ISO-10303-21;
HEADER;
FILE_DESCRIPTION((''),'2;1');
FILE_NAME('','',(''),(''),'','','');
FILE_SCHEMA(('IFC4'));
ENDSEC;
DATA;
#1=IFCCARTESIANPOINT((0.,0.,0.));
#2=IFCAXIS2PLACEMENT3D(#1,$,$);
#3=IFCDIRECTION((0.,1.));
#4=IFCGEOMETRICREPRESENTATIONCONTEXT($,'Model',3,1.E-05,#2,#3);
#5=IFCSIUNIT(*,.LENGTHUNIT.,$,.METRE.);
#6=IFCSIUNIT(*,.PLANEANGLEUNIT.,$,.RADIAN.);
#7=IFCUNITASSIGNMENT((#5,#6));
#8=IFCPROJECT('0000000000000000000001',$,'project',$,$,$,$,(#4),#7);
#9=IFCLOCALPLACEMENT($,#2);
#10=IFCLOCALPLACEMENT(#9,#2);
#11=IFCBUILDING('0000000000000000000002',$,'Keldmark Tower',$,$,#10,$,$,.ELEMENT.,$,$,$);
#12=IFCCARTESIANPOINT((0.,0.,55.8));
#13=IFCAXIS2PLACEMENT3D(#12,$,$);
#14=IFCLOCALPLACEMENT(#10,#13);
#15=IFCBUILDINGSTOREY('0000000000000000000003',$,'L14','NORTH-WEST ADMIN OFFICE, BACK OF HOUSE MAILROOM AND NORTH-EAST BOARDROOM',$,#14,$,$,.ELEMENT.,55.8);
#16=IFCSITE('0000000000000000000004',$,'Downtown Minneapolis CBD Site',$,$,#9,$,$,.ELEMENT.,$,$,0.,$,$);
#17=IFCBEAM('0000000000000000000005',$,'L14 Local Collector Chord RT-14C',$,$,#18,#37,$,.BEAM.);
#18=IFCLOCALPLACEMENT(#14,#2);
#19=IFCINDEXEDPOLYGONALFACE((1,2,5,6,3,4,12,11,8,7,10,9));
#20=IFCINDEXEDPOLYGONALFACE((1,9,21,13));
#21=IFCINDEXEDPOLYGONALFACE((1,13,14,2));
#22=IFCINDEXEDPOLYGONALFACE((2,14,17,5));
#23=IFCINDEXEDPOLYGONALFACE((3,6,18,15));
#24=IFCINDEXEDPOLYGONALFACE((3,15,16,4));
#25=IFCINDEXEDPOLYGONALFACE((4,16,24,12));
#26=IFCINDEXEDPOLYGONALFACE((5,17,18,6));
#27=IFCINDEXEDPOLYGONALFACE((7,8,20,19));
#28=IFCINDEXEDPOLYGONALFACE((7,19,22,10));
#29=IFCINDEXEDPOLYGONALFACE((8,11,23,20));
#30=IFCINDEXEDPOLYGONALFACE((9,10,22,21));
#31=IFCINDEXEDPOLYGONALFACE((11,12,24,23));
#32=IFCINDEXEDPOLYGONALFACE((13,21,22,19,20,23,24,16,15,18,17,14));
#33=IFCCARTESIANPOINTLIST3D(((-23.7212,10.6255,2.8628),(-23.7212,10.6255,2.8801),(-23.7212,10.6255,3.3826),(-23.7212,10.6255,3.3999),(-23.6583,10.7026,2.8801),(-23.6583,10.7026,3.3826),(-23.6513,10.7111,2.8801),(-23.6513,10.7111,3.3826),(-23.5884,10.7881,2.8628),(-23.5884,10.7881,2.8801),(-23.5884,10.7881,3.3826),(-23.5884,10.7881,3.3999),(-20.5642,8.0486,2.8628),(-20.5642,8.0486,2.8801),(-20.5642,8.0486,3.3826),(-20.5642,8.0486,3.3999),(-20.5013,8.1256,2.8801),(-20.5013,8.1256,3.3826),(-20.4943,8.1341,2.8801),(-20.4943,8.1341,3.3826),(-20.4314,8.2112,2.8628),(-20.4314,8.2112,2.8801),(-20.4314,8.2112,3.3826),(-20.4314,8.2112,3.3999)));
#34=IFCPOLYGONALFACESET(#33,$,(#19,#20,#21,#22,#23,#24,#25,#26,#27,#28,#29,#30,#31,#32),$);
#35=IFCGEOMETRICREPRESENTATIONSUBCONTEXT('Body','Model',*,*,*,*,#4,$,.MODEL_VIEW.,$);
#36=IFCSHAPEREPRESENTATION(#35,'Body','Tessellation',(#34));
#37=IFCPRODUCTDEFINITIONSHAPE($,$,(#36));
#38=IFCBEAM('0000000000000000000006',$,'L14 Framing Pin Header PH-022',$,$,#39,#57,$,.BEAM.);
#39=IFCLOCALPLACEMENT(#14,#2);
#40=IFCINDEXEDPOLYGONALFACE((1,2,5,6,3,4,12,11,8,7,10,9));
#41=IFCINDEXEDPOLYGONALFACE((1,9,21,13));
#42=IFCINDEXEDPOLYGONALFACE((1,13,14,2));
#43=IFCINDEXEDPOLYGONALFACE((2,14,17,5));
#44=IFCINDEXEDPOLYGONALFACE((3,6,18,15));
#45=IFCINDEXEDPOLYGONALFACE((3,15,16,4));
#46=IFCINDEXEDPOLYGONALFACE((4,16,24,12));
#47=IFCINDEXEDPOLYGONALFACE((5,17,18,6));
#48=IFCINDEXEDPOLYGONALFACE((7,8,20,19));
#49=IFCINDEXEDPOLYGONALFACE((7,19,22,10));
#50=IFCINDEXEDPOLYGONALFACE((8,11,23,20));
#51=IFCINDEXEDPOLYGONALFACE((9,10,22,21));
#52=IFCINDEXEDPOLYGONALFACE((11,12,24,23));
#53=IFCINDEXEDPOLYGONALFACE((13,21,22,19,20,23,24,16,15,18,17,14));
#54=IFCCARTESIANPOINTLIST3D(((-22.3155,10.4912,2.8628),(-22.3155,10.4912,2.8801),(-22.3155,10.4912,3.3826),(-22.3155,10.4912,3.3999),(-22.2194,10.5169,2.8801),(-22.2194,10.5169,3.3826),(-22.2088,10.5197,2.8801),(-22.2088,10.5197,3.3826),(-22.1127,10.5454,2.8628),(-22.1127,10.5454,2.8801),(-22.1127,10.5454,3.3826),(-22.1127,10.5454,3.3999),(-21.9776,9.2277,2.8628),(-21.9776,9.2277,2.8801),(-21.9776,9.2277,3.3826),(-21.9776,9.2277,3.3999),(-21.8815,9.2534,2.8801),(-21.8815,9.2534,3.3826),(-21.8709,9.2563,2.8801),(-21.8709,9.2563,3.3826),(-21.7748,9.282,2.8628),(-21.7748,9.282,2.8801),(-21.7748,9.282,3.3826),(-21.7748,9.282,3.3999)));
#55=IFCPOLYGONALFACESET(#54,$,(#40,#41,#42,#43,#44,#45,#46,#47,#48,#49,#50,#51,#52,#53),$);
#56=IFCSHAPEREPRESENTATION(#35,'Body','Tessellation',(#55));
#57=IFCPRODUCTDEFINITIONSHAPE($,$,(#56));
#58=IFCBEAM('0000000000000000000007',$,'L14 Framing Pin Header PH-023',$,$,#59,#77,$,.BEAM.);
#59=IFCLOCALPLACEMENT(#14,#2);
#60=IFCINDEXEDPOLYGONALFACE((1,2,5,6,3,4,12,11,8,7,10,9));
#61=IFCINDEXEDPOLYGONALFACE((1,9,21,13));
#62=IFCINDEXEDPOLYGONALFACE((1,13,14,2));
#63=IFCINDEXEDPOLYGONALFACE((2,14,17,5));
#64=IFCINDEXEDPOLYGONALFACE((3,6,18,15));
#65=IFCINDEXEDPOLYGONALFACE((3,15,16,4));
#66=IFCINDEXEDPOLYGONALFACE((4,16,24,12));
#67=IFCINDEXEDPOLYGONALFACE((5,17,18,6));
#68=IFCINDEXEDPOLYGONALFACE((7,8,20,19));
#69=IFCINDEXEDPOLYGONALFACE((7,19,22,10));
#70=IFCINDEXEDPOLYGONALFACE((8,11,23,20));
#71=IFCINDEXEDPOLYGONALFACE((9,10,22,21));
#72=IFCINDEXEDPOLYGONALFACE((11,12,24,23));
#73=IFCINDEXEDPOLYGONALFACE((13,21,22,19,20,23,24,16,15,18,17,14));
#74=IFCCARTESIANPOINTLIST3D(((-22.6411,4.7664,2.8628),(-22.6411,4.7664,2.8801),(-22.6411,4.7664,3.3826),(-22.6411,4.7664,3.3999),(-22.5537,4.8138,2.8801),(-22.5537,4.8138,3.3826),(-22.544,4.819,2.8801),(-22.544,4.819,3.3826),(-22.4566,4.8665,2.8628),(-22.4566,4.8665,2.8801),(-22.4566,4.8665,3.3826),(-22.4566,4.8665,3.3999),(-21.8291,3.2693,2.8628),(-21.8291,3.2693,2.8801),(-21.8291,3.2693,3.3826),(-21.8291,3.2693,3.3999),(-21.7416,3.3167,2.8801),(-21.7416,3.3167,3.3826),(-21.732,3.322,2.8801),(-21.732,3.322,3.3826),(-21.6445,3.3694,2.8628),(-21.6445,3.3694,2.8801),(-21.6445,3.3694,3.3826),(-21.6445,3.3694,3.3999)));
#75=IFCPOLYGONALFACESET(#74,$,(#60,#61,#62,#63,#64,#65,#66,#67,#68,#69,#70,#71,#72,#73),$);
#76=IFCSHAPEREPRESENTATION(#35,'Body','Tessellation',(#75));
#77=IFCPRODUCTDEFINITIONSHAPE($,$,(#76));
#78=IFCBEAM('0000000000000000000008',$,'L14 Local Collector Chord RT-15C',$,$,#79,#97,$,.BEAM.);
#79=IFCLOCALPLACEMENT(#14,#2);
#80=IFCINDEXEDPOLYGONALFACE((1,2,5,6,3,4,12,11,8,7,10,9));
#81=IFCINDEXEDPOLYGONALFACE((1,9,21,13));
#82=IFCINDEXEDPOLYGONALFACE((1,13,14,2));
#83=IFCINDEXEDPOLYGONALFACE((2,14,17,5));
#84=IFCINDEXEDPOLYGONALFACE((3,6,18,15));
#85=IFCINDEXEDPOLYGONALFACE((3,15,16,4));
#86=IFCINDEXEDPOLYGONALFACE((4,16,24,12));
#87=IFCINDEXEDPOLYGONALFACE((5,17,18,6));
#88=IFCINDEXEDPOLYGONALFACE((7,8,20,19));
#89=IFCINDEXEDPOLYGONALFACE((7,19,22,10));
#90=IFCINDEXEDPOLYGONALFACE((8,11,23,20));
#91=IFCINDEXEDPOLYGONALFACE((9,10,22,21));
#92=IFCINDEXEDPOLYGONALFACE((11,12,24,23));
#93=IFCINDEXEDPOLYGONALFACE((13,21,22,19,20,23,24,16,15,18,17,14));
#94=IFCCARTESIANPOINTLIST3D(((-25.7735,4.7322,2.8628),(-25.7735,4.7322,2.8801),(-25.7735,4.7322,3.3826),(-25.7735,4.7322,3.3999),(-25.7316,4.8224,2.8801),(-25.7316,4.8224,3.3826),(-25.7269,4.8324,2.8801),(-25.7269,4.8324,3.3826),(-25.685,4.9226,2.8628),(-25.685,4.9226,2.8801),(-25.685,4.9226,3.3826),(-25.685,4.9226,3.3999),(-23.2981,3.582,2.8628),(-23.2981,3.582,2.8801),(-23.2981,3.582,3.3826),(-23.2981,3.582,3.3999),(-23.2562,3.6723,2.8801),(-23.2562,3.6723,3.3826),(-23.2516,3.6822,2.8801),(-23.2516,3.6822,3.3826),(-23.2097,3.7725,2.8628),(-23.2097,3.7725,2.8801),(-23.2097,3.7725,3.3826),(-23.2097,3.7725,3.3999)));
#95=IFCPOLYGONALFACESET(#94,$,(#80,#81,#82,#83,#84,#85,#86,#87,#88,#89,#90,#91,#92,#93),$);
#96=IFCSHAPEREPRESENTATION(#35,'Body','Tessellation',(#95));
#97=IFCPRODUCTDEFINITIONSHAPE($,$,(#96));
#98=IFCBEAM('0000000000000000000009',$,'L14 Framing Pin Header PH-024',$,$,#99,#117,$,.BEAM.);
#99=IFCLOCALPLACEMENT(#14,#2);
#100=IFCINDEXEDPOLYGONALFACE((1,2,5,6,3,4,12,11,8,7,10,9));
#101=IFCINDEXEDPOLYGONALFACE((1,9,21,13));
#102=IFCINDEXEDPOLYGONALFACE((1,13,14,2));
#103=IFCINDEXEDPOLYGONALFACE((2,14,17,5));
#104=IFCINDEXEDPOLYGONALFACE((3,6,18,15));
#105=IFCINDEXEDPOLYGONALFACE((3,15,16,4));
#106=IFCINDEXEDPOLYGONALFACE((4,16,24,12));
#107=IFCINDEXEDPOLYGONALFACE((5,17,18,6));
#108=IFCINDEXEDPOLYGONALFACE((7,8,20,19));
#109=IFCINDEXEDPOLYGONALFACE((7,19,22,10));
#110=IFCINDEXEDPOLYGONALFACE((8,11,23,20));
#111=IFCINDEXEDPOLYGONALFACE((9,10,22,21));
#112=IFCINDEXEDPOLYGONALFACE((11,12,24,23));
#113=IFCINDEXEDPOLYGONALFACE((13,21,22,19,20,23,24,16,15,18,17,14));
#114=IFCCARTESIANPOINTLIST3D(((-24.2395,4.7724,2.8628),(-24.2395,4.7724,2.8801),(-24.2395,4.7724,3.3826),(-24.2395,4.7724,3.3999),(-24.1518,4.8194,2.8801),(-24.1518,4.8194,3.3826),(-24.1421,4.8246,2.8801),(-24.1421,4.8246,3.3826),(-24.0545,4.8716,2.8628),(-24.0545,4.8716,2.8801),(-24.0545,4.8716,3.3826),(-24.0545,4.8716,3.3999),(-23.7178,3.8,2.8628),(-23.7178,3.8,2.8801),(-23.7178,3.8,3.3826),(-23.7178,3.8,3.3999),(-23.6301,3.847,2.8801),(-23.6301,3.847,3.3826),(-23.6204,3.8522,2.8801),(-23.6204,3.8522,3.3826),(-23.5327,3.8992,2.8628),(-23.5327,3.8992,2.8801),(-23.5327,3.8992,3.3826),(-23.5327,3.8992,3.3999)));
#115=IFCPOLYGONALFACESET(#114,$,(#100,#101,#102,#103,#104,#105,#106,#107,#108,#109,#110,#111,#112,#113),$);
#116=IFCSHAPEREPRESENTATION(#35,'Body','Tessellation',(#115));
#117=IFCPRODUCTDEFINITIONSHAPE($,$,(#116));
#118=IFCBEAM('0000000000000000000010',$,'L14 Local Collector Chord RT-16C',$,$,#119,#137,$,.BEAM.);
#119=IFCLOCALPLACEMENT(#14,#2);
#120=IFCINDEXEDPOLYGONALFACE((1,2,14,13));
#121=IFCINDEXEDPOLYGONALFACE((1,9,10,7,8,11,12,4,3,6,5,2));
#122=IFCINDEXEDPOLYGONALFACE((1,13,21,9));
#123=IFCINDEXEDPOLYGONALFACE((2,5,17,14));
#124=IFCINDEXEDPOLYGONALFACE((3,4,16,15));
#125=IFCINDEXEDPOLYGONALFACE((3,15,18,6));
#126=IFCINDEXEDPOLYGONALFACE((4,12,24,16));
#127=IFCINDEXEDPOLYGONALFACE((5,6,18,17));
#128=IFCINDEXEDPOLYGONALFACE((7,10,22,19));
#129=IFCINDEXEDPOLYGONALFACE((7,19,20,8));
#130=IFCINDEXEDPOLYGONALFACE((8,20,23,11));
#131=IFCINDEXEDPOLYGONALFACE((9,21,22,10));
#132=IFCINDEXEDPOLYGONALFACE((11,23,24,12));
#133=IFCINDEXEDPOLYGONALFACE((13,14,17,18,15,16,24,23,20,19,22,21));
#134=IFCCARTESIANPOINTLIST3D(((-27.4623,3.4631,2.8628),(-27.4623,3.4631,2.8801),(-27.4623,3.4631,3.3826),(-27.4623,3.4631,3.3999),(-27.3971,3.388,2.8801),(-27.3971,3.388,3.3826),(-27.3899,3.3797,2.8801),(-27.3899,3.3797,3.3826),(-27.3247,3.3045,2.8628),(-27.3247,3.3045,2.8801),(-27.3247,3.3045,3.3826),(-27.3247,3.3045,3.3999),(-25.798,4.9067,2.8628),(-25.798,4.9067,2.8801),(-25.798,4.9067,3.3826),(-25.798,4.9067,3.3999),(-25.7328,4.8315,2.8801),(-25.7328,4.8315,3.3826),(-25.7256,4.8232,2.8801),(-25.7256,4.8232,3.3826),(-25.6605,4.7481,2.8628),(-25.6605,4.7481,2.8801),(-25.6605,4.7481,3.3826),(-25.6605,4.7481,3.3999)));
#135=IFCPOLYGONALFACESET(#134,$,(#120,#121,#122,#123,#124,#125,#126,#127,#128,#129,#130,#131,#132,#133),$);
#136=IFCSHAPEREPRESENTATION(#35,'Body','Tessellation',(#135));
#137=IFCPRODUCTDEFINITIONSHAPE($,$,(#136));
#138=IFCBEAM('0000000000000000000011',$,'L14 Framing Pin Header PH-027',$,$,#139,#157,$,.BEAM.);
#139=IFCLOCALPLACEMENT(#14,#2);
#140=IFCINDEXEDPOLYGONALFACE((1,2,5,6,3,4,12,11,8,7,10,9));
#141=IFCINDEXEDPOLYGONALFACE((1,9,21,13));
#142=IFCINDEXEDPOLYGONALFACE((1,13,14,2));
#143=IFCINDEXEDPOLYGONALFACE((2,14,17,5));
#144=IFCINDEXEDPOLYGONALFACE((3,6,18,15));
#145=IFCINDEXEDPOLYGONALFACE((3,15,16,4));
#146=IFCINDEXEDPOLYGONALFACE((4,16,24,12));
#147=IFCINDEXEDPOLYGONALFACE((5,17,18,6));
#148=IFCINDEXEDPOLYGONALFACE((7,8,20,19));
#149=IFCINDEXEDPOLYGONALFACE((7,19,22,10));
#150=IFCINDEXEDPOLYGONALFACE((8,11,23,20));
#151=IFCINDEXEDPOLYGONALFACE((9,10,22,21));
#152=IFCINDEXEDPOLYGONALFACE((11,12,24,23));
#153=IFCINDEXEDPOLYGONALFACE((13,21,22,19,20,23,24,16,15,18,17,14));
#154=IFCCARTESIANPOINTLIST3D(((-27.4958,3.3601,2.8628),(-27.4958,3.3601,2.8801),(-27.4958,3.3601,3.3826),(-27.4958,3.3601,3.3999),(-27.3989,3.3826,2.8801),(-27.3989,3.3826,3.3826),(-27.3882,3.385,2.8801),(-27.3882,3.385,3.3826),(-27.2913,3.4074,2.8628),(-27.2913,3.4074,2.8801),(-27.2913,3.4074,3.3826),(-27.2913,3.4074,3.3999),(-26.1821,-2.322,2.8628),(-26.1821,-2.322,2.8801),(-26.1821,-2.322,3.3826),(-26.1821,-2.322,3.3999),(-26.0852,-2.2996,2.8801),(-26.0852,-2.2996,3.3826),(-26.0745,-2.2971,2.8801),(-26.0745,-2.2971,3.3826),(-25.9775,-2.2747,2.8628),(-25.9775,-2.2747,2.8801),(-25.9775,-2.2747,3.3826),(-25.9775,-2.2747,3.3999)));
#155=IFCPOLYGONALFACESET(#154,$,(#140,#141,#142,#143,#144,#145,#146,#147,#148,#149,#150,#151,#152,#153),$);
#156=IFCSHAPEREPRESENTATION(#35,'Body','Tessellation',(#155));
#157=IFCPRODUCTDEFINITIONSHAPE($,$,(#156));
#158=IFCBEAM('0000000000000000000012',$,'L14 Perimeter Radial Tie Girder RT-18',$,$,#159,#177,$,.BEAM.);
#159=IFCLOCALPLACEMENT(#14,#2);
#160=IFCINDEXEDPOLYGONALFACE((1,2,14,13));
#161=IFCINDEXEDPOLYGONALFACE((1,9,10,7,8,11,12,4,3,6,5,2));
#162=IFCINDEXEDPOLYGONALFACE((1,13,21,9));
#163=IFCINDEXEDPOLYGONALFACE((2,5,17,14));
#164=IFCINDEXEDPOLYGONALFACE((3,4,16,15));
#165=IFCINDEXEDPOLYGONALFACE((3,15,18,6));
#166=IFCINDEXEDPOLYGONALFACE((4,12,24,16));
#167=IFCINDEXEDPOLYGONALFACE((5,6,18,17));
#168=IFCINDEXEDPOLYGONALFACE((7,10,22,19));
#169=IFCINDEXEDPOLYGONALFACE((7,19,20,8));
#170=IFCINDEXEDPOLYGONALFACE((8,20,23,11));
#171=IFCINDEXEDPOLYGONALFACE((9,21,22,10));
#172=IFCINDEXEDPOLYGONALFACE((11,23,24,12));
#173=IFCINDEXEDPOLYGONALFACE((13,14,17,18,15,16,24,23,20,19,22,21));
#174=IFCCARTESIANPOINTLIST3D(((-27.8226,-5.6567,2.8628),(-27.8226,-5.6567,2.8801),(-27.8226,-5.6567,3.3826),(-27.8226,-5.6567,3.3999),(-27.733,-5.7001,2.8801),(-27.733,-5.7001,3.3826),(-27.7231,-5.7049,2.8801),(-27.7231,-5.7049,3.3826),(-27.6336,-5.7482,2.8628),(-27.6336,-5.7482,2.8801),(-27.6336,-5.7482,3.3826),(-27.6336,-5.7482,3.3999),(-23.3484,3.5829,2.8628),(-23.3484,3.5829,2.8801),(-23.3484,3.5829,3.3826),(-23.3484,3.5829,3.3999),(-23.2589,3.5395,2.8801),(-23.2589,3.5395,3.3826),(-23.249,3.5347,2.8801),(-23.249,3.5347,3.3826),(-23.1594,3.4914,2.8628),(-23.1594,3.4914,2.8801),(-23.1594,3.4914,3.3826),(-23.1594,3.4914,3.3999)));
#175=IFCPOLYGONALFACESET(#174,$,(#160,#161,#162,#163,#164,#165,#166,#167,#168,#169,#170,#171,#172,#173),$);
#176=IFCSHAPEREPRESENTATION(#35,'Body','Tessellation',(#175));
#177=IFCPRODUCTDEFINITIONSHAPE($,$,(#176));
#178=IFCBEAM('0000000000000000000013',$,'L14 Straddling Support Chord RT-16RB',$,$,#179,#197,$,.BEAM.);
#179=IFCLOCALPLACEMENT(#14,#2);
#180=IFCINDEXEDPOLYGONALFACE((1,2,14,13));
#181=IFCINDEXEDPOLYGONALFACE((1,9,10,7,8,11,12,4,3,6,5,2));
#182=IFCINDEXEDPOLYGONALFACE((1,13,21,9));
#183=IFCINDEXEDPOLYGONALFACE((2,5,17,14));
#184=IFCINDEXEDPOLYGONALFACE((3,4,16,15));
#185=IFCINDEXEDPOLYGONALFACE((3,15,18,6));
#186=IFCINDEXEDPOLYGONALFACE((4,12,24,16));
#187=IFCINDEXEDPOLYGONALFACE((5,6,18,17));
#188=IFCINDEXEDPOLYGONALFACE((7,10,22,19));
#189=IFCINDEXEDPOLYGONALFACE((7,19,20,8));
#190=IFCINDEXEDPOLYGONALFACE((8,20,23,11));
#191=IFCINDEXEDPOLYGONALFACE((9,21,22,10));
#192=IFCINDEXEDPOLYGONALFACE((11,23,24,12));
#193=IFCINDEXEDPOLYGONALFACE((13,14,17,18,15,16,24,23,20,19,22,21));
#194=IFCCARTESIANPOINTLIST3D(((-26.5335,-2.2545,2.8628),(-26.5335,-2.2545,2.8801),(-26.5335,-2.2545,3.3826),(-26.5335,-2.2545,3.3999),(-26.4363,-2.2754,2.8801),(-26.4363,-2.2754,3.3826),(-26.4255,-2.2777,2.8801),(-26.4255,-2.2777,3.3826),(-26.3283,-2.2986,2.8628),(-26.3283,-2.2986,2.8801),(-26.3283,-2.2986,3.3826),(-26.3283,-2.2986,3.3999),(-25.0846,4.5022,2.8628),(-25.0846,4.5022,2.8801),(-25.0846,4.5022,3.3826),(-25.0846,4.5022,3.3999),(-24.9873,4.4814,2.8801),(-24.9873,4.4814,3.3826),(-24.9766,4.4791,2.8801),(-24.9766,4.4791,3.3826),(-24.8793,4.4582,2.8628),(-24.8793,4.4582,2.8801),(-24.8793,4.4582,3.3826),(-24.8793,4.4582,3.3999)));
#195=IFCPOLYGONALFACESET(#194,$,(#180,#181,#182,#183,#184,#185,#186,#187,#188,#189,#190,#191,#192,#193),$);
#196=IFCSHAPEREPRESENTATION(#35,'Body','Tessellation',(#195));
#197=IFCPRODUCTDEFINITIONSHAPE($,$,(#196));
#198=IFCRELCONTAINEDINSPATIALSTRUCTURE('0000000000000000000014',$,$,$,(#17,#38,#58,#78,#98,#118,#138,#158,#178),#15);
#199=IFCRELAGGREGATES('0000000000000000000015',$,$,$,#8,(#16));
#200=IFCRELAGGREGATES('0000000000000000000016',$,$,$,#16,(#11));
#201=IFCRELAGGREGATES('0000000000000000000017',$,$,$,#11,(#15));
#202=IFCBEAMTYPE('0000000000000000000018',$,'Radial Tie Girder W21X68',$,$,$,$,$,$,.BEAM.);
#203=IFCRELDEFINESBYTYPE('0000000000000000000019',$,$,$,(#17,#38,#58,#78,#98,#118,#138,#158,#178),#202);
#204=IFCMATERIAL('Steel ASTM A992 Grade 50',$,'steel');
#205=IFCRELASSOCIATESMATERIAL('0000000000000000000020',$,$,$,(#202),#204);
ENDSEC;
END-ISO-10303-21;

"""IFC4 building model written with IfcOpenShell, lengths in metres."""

from ifc_helpers import new_model, si_unit, direction, frame, origin, origin_2d, place, context, subcontext, project, spatial, i_section, extrude, material, material_profile, profile_set, type_object, element, save


model = new_model("IFC4")

# Units and contexts
model_context = context("Model", 3, precision=1e-05, world=origin(), true_north=direction((0.0, 1.0)))
body_context = subcontext(model_context, "Body", "Model", "MODEL_VIEW")
ifc_project = project(units=[si_unit("LENGTHUNIT", "METRE"), si_unit("PLANEANGLEUNIT", "RADIAN")], contexts=[model_context])

# Site, building, storey
site_placement = place(None, origin())
site = spatial("IfcSite", under=ifc_project, at=site_placement, Name="Downtown Minneapolis CBD Site", CompositionType="ELEMENT", RefElevation=0.0)
building_placement = place(site_placement, origin())
building = spatial("IfcBuilding", under=site, at=building_placement, Name="Keldmark Tower", CompositionType="ELEMENT")
storey_placement = place(building_placement, frame((0.0, 0.0, 55.8)))
storey = spatial("IfcBuildingStorey", under=building, at=storey_placement, Name="L14", Description="NORTH-WEST ADMIN OFFICE, BACK OF HOUSE MAILROOM AND NORTH-EAST BOARDROOM", CompositionType="ELEMENT", Elevation=55.8)

# Beams
ifc_material_1 = material(Name="Steel ASTM A992 Grade 50", Category="steel")
ifc_material_profile_1 = material_profile(ifc_material_1, i_section(OverallWidth=0.21, OverallDepth=0.5371, WebThickness=0.011, FlangeThickness=0.0173, at=origin_2d()), Name="W21X68")
ifc_profile_set_1 = profile_set([ifc_material_profile_1], Name="Steel ASTM A992 Grade 50")
beam_type_1 = type_object("IfcBeamType", Name="Radial Tie Girder W21X68", PredefinedType="BEAM", material=ifc_profile_set_1)
beam_1_placement = place(storey_placement, frame((-20.4978, 8.1299, 3.1313), z_axis=(-0.774688, 0.632343, 0.0), x_axis=(-0.632343, -0.774688, 0.0)))
element("IfcBeam", 1, at=beam_1_placement, inside=storey, type_object=beam_type_1, Name="L14 Local Collector Chord RT-14C", PredefinedType="BEAM", context=body_context, shape_type="SweptSolid", body=[
    extrude(i_section(OverallWidth=0.21, OverallDepth=0.5371, WebThickness=0.011, FlangeThickness=0.0173, at=origin_2d()), origin(), (0.0, 0.0, 1.0), 4.0752),
])
beam_2_placement = place(storey_placement, frame((-22.2141, 10.5183, 3.1313), z_axis=(0.25836, -0.966049, 0.0), x_axis=(0.966049, 0.25836, 0.0)))
element("IfcBeam", 2, at=beam_2_placement, inside=storey, type_object=beam_type_1, Name="L14 Framing Pin Header PH-022", PredefinedType="BEAM", context=body_context, shape_type="SweptSolid", body=[
    extrude(i_section(OverallWidth=0.21, OverallDepth=0.5371, WebThickness=0.011, FlangeThickness=0.0173, at=origin_2d()), origin(), (0.0, 0.0, 1.0), 1.3079),
])
beam_3_placement = place(storey_placement, frame((-21.7368, 3.3193, 3.1313), z_axis=(-0.476782, 0.879022, 0.0), x_axis=(-0.879022, -0.476782, 0.0)))
element("IfcBeam", 3, at=beam_3_placement, inside=storey, type_object=beam_type_1, Name="L14 Framing Pin Header PH-023", PredefinedType="BEAM", context=body_context, shape_type="SweptSolid", body=[
    extrude(i_section(OverallWidth=0.21, OverallDepth=0.5371, WebThickness=0.011, FlangeThickness=0.0173, at=origin_2d()), origin(), (0.0, 0.0, 1.0), 1.7031),
])
beam_4_placement = place(storey_placement, frame((-23.2539, 3.6772, 3.1313), z_axis=(-0.906886, 0.421377, 0.0), x_axis=(-0.421377, -0.906886, 0.0)))
element("IfcBeam", 4, at=beam_4_placement, inside=storey, type_object=beam_type_1, Name="L14 Local Collector Chord RT-15C", PredefinedType="BEAM", context=body_context, shape_type="SweptSolid", body=[
    extrude(i_section(OverallWidth=0.21, OverallDepth=0.5371, WebThickness=0.011, FlangeThickness=0.0173, at=origin_2d()), origin(), (0.0, 0.0, 1.0), 2.7295),
])
beam_5_placement = place(storey_placement, frame((-23.6252, 3.8496, 3.1313), z_axis=(-0.47278, 0.881181, 0.0), x_axis=(-0.881181, -0.47278, 0.0)))
element("IfcBeam", 5, at=beam_5_placement, inside=storey, type_object=beam_type_1, Name="L14 Framing Pin Header PH-024", PredefinedType="BEAM", context=body_context, shape_type="SweptSolid", body=[
    extrude(i_section(OverallWidth=0.21, OverallDepth=0.5371, WebThickness=0.011, FlangeThickness=0.0173, at=origin_2d()), origin(), (0.0, 0.0, 1.0), 1.1035),
])
beam_6_placement = place(storey_placement, frame((-25.7292, 4.8274, 3.1313), z_axis=(-0.755418, -0.655243, 0.0), x_axis=(0.655243, -0.755418, 0.0)))
element("IfcBeam", 6, at=beam_6_placement, inside=storey, type_object=beam_type_1, Name="L14 Local Collector Chord RT-16C", PredefinedType="BEAM", context=body_context, shape_type="SweptSolid", body=[
    extrude(i_section(OverallWidth=0.21, OverallDepth=0.5371, WebThickness=0.011, FlangeThickness=0.0173, at=origin_2d()), origin(), (0.0, 0.0, 1.0), 2.2031),
])
beam_7_placement = place(storey_placement, frame((-27.3936, 3.3838, 3.1313), z_axis=(0.22526, -0.974299, 0.0), x_axis=(0.974299, 0.22526, 0.0)))
element("IfcBeam", 7, at=beam_7_placement, inside=storey, type_object=beam_type_1, Name="L14 Framing Pin Header PH-027", PredefinedType="BEAM", context=body_context, shape_type="SweptSolid", body=[
    extrude(i_section(OverallWidth=0.21, OverallDepth=0.5371, WebThickness=0.011, FlangeThickness=0.0173, at=origin_2d()), origin(), (0.0, 0.0, 1.0), 5.832),
])
beam_8_placement = place(storey_placement, frame((-23.2539, 3.5371, 3.1313), z_axis=(-0.435829, -0.90003, 0.0), x_axis=(0.90003, -0.435829, 0.0)))
element("IfcBeam", 8, at=beam_8_placement, inside=storey, type_object=beam_type_1, Name="L14 Perimeter Radial Tie Girder RT-18", PredefinedType="BEAM", context=body_context, shape_type="SweptSolid", body=[
    extrude(i_section(OverallWidth=0.21, OverallDepth=0.5371, WebThickness=0.011, FlangeThickness=0.0173, at=origin_2d()), origin(), (0.0, 0.0, 1.0), 10.2659),
])
beam_9_placement = place(storey_placement, frame((-24.9819, 4.4802, 3.1313), z_axis=(-0.209679, -0.97777, 0.0), x_axis=(0.97777, -0.209679, 0.0)))
element("IfcBeam", 9, at=beam_9_placement, inside=storey, type_object=beam_type_1, Name="L14 Straddling Support Chord RT-16RB", PredefinedType="BEAM", context=body_context, shape_type="SweptSolid", body=[
    extrude(i_section(OverallWidth=0.21, OverallDepth=0.5371, WebThickness=0.011, FlangeThickness=0.0173, at=origin_2d()), origin(), (0.0, 0.0, 1.0), 6.9104),
])

save(model, "model.ifc")
